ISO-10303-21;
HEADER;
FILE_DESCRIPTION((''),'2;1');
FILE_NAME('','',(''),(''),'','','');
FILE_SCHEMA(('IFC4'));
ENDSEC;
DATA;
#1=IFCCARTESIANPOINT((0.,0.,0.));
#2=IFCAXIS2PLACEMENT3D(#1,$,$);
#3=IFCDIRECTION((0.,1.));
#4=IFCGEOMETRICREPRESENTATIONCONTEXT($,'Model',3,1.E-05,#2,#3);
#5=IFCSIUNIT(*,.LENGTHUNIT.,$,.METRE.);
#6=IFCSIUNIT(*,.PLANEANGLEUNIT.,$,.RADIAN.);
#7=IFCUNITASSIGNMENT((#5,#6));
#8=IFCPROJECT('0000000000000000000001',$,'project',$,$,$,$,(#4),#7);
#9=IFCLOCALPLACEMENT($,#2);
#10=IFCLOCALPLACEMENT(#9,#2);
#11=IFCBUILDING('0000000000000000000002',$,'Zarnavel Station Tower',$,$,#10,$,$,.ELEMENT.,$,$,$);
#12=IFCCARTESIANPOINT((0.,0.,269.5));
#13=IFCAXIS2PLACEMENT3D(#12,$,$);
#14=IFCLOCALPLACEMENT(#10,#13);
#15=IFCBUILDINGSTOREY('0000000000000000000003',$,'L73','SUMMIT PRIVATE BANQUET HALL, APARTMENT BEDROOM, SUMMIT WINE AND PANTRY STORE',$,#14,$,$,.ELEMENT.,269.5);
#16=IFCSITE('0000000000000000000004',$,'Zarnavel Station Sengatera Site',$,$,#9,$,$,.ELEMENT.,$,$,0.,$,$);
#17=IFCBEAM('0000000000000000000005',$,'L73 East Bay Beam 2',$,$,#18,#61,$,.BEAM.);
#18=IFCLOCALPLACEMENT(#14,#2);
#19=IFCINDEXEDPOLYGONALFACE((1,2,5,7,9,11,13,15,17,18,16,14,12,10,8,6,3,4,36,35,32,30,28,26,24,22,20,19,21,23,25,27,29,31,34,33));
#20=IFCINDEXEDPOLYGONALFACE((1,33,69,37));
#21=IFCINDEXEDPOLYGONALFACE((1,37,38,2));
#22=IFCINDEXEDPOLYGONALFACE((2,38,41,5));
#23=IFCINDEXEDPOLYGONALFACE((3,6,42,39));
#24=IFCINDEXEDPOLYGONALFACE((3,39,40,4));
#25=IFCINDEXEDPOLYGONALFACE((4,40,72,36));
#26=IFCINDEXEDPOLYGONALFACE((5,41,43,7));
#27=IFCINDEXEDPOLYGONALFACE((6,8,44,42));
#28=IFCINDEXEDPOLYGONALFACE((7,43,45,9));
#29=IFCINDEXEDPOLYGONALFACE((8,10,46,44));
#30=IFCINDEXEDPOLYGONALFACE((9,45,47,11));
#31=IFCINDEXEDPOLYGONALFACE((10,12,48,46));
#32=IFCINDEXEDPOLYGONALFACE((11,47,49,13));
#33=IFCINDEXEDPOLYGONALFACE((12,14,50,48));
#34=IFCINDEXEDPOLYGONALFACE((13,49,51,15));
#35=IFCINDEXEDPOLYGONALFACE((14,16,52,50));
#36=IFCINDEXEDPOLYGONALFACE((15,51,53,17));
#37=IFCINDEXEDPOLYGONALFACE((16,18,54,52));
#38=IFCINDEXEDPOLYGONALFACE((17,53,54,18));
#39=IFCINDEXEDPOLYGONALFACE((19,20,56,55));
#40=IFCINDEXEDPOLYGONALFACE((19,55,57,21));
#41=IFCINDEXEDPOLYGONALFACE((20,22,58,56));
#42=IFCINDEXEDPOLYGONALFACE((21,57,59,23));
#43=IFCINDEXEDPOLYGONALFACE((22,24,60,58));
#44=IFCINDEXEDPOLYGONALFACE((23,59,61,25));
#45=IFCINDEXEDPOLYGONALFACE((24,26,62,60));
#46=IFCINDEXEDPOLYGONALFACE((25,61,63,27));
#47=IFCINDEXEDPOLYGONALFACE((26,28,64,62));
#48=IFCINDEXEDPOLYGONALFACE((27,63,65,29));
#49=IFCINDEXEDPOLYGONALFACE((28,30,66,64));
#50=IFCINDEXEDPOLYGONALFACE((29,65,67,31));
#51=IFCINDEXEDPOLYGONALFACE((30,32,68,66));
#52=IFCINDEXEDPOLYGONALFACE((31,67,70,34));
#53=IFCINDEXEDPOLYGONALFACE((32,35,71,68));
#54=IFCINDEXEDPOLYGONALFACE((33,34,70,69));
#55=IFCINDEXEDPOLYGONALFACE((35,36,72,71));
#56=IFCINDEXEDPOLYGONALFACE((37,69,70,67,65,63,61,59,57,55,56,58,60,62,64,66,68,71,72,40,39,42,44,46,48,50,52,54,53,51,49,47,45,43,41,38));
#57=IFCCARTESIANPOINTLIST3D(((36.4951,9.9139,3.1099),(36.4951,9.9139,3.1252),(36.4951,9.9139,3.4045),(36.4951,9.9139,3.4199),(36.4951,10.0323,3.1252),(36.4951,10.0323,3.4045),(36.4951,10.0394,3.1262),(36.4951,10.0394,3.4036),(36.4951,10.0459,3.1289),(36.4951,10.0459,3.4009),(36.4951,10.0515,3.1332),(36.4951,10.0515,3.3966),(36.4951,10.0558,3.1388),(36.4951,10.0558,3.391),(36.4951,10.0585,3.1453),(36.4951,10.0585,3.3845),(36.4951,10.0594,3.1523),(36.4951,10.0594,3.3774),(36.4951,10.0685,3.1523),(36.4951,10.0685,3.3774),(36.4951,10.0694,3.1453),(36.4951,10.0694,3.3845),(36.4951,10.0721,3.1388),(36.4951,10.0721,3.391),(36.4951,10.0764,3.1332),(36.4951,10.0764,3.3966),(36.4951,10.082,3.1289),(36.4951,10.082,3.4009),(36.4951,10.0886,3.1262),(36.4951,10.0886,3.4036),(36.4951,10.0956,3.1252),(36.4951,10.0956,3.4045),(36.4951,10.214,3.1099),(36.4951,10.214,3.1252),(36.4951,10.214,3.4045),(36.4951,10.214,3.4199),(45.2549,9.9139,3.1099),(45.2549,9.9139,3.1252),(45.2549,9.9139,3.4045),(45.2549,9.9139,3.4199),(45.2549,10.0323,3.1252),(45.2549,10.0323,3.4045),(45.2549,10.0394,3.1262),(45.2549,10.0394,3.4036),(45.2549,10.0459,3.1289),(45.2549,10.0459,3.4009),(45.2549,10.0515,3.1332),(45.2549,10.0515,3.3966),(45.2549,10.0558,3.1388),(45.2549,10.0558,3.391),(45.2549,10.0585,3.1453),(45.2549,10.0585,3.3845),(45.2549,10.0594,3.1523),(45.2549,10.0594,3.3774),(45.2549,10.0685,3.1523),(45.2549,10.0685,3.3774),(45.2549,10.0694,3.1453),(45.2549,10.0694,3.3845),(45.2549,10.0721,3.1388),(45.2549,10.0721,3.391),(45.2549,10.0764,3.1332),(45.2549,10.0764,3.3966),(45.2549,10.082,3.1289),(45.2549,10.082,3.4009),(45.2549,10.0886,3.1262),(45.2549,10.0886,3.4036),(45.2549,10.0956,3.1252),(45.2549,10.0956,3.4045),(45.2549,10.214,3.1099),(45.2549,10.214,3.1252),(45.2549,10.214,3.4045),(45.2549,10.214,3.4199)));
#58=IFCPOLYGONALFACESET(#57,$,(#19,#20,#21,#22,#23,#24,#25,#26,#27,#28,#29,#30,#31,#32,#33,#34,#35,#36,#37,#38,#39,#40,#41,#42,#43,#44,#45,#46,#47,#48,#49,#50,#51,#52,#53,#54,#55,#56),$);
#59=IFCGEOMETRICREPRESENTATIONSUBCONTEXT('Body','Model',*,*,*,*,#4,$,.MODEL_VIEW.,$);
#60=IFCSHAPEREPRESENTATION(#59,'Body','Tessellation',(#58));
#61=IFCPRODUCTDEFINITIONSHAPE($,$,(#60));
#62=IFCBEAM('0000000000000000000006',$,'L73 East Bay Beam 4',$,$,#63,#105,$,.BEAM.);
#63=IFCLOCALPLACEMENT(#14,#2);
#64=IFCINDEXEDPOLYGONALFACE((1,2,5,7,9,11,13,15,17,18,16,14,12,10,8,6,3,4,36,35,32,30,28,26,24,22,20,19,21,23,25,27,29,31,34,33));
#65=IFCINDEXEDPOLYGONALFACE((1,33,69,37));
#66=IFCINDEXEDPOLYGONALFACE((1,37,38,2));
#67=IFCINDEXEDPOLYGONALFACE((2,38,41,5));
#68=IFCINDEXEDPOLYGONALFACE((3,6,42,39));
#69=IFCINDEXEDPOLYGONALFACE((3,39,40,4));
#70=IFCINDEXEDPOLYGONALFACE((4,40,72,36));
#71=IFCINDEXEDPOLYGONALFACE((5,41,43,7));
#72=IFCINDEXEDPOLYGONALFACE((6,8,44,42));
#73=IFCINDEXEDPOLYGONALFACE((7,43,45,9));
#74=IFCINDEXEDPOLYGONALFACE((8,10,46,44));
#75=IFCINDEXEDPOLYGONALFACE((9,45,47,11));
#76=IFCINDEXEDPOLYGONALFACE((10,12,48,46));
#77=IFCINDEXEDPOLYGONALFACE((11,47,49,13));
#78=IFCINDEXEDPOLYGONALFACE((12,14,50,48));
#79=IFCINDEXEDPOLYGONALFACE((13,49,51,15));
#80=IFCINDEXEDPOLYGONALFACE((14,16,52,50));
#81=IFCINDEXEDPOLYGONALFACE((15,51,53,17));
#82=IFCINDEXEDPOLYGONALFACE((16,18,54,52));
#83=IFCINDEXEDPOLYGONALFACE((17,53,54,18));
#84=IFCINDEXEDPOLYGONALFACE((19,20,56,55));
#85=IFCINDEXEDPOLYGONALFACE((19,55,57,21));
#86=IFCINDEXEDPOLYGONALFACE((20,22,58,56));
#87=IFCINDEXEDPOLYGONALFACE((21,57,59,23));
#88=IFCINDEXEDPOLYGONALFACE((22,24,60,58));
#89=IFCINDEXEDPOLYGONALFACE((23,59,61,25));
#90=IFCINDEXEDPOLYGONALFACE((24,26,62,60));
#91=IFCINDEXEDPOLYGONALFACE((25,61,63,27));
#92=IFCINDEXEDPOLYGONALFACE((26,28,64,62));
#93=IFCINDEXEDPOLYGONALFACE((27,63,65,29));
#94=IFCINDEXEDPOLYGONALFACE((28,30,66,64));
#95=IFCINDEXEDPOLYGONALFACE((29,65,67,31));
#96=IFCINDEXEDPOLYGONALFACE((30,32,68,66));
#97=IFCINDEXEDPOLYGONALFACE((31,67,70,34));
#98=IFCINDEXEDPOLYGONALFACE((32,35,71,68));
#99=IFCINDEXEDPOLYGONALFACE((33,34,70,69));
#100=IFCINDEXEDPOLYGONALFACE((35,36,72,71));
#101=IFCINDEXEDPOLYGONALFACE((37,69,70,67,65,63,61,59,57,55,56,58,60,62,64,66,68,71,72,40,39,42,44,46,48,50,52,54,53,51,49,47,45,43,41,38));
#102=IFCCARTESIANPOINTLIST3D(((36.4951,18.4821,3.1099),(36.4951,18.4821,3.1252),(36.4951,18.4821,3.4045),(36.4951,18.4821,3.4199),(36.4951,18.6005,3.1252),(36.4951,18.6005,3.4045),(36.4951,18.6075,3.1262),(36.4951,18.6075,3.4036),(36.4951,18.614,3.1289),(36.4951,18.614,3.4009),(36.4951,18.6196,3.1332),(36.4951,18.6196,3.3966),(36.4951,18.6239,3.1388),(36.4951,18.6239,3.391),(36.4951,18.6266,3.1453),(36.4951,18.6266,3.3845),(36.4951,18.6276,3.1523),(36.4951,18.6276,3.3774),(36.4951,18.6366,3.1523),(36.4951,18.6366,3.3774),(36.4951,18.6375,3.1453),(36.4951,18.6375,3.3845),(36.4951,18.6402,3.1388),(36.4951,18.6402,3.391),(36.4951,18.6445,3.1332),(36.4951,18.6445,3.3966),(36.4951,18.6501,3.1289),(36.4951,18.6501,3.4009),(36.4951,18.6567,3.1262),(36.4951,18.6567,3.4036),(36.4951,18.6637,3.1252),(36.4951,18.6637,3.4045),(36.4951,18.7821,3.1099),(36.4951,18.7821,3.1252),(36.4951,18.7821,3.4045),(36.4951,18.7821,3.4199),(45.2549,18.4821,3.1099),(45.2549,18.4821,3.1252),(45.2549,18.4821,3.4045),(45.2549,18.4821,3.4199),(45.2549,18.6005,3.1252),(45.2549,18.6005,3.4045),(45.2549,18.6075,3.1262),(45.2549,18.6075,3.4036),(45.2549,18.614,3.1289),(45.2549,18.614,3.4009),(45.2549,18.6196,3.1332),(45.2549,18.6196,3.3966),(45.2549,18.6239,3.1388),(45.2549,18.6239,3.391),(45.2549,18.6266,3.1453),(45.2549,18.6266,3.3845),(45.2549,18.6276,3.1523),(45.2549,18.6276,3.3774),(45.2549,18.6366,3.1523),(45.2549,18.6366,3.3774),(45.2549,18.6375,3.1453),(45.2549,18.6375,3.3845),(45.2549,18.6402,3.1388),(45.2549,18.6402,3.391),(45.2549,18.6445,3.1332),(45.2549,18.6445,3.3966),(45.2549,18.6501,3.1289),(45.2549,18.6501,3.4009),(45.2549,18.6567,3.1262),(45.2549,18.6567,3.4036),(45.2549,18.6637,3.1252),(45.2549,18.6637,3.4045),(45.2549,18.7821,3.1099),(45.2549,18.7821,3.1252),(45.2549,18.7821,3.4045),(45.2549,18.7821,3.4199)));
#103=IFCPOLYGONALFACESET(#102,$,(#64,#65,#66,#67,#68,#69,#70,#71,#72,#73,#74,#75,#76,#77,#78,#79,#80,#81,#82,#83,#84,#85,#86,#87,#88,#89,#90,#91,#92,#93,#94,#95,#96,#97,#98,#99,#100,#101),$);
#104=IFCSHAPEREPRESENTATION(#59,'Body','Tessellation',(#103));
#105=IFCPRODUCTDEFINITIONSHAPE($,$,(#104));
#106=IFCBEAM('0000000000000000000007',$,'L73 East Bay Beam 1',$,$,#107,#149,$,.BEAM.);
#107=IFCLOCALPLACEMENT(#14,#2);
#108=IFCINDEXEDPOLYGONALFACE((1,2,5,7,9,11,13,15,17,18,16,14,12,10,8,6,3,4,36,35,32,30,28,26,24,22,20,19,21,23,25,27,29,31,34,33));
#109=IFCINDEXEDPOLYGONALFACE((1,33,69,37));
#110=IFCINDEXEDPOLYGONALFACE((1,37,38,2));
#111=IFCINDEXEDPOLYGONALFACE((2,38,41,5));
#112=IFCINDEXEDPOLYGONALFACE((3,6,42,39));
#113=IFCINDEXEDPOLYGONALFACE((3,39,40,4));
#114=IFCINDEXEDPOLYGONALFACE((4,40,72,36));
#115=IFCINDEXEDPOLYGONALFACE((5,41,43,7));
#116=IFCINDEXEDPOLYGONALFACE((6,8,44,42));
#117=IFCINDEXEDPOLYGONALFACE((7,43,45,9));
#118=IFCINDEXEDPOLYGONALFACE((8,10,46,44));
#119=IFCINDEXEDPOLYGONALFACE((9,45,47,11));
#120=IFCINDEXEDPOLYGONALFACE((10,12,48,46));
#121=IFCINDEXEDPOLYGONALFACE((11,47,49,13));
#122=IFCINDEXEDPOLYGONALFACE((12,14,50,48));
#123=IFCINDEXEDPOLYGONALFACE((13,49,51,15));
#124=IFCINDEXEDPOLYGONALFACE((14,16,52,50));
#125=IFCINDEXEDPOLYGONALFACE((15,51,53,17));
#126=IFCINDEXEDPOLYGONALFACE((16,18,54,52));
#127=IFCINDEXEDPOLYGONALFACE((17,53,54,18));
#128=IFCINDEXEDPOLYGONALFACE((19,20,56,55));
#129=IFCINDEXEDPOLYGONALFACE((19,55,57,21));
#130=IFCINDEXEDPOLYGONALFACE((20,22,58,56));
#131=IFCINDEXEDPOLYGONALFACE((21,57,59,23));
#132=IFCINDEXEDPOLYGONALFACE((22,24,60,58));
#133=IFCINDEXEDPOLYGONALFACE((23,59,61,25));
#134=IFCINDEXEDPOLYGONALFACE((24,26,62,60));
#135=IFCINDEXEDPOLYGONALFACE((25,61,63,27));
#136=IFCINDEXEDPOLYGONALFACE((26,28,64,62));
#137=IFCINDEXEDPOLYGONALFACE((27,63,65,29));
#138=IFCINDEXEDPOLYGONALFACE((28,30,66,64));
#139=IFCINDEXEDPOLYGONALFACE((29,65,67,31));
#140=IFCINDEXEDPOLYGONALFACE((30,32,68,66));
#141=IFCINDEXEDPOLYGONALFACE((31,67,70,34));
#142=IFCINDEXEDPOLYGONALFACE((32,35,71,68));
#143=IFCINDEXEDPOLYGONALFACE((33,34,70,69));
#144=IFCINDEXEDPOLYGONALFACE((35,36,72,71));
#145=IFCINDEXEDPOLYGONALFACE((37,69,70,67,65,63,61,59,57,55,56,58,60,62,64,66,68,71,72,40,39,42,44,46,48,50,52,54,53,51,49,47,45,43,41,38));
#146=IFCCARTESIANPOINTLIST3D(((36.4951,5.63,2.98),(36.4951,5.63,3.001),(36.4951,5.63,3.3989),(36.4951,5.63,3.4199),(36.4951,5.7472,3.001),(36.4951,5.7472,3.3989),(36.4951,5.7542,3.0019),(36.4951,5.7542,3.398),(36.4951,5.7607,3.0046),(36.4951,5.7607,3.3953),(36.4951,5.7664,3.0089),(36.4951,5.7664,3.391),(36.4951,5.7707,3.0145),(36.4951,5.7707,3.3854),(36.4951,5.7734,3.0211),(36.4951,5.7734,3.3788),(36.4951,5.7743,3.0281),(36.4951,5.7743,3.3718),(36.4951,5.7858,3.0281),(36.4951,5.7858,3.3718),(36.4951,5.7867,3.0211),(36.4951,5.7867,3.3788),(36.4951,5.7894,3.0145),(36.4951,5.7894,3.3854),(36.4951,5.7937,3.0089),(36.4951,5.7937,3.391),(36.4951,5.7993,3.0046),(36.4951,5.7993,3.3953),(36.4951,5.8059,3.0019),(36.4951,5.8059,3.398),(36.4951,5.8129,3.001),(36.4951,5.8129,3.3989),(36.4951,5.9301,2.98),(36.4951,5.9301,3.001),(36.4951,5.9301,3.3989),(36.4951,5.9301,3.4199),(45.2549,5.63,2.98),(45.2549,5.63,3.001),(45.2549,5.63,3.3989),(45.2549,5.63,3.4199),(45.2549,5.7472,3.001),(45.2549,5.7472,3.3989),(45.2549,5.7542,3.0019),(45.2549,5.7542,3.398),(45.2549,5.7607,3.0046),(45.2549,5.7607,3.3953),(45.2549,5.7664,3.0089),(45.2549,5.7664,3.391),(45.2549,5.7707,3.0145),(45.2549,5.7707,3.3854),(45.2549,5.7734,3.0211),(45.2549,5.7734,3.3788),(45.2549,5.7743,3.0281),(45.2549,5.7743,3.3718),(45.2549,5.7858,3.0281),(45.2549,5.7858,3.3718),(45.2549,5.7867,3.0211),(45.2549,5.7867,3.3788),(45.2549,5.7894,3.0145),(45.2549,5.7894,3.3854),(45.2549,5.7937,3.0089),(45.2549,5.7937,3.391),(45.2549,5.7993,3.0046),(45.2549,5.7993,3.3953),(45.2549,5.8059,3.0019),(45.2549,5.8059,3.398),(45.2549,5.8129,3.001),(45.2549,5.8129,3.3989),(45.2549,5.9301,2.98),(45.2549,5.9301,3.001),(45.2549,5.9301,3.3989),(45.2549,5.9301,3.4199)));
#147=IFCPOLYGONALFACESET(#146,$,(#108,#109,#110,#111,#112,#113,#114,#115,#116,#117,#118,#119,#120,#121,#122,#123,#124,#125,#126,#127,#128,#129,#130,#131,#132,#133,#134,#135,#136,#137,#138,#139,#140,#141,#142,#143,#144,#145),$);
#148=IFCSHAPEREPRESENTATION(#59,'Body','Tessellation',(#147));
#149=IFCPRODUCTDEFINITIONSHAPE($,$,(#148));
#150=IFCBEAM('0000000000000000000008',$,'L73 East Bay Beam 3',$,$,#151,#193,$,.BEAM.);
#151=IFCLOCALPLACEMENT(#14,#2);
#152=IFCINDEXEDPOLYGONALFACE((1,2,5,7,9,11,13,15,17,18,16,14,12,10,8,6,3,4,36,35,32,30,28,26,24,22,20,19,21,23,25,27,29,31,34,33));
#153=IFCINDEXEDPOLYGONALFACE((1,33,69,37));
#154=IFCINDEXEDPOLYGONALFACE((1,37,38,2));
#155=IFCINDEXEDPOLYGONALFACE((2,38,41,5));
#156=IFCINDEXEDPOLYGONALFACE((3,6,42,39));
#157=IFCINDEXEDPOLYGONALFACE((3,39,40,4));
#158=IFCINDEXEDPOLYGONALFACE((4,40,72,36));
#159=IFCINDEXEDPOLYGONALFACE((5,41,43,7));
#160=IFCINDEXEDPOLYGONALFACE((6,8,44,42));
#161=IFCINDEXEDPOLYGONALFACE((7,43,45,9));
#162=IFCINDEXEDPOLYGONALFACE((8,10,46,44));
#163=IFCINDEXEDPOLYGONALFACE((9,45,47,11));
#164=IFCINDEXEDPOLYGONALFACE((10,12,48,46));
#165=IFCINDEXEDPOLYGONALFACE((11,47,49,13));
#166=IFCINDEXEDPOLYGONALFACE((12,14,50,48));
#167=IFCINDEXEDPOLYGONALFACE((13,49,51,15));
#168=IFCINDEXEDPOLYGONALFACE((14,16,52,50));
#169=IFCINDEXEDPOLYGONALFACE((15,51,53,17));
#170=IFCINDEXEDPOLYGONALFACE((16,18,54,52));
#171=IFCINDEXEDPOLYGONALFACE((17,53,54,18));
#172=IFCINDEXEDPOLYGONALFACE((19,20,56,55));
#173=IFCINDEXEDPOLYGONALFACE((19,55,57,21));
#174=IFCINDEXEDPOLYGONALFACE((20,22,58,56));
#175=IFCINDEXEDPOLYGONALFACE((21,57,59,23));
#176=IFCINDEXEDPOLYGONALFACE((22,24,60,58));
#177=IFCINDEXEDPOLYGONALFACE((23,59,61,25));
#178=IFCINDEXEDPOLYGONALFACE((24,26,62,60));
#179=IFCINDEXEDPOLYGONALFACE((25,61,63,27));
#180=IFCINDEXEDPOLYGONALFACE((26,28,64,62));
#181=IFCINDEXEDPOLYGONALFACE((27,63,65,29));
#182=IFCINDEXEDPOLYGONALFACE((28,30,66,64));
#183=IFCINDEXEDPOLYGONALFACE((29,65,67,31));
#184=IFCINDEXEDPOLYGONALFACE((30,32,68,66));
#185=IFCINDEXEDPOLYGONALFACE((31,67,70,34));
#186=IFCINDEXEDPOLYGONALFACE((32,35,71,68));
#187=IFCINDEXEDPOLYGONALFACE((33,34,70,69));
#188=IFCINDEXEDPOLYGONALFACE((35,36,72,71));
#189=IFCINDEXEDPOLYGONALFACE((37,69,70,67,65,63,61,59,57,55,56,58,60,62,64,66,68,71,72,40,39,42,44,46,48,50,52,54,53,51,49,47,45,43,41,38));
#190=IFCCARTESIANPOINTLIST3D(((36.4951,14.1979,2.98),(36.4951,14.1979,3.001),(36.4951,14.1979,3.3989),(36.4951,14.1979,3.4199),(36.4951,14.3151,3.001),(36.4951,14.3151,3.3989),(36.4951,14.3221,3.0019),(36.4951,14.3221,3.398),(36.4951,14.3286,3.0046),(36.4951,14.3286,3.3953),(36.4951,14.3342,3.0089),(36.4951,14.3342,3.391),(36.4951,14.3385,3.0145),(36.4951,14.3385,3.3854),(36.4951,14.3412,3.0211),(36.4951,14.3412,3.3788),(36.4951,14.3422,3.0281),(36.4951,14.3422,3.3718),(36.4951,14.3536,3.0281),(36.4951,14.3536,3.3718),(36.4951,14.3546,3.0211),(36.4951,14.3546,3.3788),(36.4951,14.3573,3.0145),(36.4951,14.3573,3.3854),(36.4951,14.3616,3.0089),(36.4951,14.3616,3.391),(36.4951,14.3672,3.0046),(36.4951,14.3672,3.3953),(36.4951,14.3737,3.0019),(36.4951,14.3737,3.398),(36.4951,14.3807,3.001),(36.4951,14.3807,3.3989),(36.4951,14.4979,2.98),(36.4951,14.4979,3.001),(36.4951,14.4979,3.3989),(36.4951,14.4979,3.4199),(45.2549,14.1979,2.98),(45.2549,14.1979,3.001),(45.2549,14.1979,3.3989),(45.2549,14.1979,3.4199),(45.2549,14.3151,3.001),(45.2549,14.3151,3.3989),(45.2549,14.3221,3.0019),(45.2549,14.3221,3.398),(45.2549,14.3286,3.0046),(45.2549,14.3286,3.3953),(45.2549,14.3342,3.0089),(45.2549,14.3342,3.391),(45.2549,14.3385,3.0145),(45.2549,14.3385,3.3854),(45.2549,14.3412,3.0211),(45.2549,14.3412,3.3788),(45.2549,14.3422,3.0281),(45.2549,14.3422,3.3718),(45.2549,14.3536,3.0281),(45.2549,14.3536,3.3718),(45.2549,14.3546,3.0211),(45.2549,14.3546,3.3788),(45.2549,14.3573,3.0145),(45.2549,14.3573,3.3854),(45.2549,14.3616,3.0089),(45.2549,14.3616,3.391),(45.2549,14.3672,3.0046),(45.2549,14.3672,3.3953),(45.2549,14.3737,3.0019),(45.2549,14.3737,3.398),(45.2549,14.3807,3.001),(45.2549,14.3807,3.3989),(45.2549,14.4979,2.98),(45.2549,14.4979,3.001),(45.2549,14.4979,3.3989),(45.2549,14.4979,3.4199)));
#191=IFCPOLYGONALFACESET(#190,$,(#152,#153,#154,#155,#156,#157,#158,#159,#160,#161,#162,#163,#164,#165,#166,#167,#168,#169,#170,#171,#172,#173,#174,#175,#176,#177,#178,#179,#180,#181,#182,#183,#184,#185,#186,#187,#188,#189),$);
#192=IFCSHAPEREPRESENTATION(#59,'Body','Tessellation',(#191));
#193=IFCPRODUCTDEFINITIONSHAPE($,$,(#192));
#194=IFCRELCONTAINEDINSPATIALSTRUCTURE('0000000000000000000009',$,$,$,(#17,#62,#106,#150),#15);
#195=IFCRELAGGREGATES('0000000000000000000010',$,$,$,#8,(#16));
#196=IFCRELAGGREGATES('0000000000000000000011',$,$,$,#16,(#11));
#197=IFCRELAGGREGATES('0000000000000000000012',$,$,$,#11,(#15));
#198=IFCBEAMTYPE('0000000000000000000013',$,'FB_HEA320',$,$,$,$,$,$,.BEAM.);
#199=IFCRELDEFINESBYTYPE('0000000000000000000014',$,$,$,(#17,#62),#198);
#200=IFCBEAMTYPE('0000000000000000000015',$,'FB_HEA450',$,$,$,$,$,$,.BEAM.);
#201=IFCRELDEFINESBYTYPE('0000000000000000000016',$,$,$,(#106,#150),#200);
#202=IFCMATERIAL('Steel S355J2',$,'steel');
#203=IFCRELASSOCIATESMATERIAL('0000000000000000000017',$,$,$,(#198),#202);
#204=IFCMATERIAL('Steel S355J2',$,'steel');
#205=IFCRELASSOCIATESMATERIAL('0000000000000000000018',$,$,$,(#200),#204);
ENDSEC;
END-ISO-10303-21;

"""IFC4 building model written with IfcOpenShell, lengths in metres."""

from ifc_helpers import new_model, si_unit, direction, frame, origin, origin_2d, place, context, subcontext, project, spatial, i_section, extrude, material, material_profile, profile_set, type_object, element, save


model = new_model("IFC4")

# Units and contexts
model_context = context("Model", 3, precision=1e-05, world=origin(), true_north=direction((0.0, 1.0)))
body_context = subcontext(model_context, "Body", "Model", "MODEL_VIEW")
ifc_project = project(units=[si_unit("LENGTHUNIT", "METRE"), si_unit("PLANEANGLEUNIT", "RADIAN")], contexts=[model_context])

# Site, building, storey
site_placement = place(None, origin())
site = spatial("IfcSite", under=ifc_project, at=site_placement, Name="Zarnavel Station Sengatera Site", CompositionType="ELEMENT", RefElevation=0.0)
building_placement = place(site_placement, origin())
building = spatial("IfcBuilding", under=site, at=building_placement, Name="Zarnavel Station Tower", CompositionType="ELEMENT")
storey_placement = place(building_placement, frame((0.0, 0.0, 269.5)))
storey = spatial("IfcBuildingStorey", under=building, at=storey_placement, Name="L73", Description="SUMMIT PRIVATE BANQUET HALL, APARTMENT BEDROOM, SUMMIT WINE AND PANTRY STORE", CompositionType="ELEMENT", Elevation=269.5)

# Beams
ifc_material_1 = material(Name="Steel S355J2", Category="steel")
ifc_material_profile_1 = material_profile(ifc_material_1, i_section(OverallWidth=0.3, OverallDepth=0.3101, WebThickness=0.009, FlangeThickness=0.0154, FilletRadius=0.0271, at=origin_2d()), Name="HEA320")
ifc_profile_set_1 = profile_set([ifc_material_profile_1], Name="Steel S355J2")
beam_type_1 = type_object("IfcBeamType", Name="FB_HEA320", PredefinedType="BEAM", material=ifc_profile_set_1)
for number, where, z_axis, x_axis, name in (
    (1, (36.4951, 10.064, 3.2649), (1.0, 0.0, 0.0), (0.0, 1.0, 0.0), "L73 East Bay Beam 2"),
    (2, (36.4951, 18.6321, 3.2649), (1.0, 0.0, 0.0), (0.0, 1.0, 0.0), "L73 East Bay Beam 4"),
):
    element("IfcBeam", number, at=place(storey_placement, frame(where, z_axis=z_axis, x_axis=x_axis)), inside=storey, type_object=beam_type_1, Name=name, PredefinedType="BEAM", context=body_context, shape_type="SweptSolid", body=[
        extrude(i_section(OverallWidth=0.3, OverallDepth=0.3101, WebThickness=0.009, FlangeThickness=0.0154, FilletRadius=0.0271, at=origin_2d()), origin(), (0.0, 0.0, 1.0), 8.7598),
    ])
ifc_material_2 = material(Name="Steel S355J2", Category="steel")
ifc_material_profile_2 = material_profile(ifc_material_2, i_section(OverallWidth=0.3, OverallDepth=0.4399, WebThickness=0.0115, FlangeThickness=0.021, FilletRadius=0.0271, at=origin_2d()), Name="HEA450")
ifc_profile_set_2 = profile_set([ifc_material_profile_2], Name="Steel S355J2")
beam_type_2 = type_object("IfcBeamType", Name="FB_HEA450", PredefinedType="BEAM", material=ifc_profile_set_2)
for number, where, z_axis, x_axis, name in (
    (3, (36.4951, 5.78, 3.2), (1.0, 0.0, 0.0), (0.0, 1.0, 0.0), "L73 East Bay Beam 1"),
    (4, (36.4951, 14.3479, 3.2), (1.0, 0.0, 0.0), (0.0, 1.0, 0.0), "L73 East Bay Beam 3"),
):
    element("IfcBeam", number, at=place(storey_placement, frame(where, z_axis=z_axis, x_axis=x_axis)), inside=storey, type_object=beam_type_2, Name=name, PredefinedType="BEAM", context=body_context, shape_type="SweptSolid", body=[
        extrude(i_section(OverallWidth=0.3, OverallDepth=0.4399, WebThickness=0.0115, FlangeThickness=0.021, FilletRadius=0.0271, at=origin_2d()), origin(), (0.0, 0.0, 1.0), 8.7598),
    ])

save(model, "model.ifc")
